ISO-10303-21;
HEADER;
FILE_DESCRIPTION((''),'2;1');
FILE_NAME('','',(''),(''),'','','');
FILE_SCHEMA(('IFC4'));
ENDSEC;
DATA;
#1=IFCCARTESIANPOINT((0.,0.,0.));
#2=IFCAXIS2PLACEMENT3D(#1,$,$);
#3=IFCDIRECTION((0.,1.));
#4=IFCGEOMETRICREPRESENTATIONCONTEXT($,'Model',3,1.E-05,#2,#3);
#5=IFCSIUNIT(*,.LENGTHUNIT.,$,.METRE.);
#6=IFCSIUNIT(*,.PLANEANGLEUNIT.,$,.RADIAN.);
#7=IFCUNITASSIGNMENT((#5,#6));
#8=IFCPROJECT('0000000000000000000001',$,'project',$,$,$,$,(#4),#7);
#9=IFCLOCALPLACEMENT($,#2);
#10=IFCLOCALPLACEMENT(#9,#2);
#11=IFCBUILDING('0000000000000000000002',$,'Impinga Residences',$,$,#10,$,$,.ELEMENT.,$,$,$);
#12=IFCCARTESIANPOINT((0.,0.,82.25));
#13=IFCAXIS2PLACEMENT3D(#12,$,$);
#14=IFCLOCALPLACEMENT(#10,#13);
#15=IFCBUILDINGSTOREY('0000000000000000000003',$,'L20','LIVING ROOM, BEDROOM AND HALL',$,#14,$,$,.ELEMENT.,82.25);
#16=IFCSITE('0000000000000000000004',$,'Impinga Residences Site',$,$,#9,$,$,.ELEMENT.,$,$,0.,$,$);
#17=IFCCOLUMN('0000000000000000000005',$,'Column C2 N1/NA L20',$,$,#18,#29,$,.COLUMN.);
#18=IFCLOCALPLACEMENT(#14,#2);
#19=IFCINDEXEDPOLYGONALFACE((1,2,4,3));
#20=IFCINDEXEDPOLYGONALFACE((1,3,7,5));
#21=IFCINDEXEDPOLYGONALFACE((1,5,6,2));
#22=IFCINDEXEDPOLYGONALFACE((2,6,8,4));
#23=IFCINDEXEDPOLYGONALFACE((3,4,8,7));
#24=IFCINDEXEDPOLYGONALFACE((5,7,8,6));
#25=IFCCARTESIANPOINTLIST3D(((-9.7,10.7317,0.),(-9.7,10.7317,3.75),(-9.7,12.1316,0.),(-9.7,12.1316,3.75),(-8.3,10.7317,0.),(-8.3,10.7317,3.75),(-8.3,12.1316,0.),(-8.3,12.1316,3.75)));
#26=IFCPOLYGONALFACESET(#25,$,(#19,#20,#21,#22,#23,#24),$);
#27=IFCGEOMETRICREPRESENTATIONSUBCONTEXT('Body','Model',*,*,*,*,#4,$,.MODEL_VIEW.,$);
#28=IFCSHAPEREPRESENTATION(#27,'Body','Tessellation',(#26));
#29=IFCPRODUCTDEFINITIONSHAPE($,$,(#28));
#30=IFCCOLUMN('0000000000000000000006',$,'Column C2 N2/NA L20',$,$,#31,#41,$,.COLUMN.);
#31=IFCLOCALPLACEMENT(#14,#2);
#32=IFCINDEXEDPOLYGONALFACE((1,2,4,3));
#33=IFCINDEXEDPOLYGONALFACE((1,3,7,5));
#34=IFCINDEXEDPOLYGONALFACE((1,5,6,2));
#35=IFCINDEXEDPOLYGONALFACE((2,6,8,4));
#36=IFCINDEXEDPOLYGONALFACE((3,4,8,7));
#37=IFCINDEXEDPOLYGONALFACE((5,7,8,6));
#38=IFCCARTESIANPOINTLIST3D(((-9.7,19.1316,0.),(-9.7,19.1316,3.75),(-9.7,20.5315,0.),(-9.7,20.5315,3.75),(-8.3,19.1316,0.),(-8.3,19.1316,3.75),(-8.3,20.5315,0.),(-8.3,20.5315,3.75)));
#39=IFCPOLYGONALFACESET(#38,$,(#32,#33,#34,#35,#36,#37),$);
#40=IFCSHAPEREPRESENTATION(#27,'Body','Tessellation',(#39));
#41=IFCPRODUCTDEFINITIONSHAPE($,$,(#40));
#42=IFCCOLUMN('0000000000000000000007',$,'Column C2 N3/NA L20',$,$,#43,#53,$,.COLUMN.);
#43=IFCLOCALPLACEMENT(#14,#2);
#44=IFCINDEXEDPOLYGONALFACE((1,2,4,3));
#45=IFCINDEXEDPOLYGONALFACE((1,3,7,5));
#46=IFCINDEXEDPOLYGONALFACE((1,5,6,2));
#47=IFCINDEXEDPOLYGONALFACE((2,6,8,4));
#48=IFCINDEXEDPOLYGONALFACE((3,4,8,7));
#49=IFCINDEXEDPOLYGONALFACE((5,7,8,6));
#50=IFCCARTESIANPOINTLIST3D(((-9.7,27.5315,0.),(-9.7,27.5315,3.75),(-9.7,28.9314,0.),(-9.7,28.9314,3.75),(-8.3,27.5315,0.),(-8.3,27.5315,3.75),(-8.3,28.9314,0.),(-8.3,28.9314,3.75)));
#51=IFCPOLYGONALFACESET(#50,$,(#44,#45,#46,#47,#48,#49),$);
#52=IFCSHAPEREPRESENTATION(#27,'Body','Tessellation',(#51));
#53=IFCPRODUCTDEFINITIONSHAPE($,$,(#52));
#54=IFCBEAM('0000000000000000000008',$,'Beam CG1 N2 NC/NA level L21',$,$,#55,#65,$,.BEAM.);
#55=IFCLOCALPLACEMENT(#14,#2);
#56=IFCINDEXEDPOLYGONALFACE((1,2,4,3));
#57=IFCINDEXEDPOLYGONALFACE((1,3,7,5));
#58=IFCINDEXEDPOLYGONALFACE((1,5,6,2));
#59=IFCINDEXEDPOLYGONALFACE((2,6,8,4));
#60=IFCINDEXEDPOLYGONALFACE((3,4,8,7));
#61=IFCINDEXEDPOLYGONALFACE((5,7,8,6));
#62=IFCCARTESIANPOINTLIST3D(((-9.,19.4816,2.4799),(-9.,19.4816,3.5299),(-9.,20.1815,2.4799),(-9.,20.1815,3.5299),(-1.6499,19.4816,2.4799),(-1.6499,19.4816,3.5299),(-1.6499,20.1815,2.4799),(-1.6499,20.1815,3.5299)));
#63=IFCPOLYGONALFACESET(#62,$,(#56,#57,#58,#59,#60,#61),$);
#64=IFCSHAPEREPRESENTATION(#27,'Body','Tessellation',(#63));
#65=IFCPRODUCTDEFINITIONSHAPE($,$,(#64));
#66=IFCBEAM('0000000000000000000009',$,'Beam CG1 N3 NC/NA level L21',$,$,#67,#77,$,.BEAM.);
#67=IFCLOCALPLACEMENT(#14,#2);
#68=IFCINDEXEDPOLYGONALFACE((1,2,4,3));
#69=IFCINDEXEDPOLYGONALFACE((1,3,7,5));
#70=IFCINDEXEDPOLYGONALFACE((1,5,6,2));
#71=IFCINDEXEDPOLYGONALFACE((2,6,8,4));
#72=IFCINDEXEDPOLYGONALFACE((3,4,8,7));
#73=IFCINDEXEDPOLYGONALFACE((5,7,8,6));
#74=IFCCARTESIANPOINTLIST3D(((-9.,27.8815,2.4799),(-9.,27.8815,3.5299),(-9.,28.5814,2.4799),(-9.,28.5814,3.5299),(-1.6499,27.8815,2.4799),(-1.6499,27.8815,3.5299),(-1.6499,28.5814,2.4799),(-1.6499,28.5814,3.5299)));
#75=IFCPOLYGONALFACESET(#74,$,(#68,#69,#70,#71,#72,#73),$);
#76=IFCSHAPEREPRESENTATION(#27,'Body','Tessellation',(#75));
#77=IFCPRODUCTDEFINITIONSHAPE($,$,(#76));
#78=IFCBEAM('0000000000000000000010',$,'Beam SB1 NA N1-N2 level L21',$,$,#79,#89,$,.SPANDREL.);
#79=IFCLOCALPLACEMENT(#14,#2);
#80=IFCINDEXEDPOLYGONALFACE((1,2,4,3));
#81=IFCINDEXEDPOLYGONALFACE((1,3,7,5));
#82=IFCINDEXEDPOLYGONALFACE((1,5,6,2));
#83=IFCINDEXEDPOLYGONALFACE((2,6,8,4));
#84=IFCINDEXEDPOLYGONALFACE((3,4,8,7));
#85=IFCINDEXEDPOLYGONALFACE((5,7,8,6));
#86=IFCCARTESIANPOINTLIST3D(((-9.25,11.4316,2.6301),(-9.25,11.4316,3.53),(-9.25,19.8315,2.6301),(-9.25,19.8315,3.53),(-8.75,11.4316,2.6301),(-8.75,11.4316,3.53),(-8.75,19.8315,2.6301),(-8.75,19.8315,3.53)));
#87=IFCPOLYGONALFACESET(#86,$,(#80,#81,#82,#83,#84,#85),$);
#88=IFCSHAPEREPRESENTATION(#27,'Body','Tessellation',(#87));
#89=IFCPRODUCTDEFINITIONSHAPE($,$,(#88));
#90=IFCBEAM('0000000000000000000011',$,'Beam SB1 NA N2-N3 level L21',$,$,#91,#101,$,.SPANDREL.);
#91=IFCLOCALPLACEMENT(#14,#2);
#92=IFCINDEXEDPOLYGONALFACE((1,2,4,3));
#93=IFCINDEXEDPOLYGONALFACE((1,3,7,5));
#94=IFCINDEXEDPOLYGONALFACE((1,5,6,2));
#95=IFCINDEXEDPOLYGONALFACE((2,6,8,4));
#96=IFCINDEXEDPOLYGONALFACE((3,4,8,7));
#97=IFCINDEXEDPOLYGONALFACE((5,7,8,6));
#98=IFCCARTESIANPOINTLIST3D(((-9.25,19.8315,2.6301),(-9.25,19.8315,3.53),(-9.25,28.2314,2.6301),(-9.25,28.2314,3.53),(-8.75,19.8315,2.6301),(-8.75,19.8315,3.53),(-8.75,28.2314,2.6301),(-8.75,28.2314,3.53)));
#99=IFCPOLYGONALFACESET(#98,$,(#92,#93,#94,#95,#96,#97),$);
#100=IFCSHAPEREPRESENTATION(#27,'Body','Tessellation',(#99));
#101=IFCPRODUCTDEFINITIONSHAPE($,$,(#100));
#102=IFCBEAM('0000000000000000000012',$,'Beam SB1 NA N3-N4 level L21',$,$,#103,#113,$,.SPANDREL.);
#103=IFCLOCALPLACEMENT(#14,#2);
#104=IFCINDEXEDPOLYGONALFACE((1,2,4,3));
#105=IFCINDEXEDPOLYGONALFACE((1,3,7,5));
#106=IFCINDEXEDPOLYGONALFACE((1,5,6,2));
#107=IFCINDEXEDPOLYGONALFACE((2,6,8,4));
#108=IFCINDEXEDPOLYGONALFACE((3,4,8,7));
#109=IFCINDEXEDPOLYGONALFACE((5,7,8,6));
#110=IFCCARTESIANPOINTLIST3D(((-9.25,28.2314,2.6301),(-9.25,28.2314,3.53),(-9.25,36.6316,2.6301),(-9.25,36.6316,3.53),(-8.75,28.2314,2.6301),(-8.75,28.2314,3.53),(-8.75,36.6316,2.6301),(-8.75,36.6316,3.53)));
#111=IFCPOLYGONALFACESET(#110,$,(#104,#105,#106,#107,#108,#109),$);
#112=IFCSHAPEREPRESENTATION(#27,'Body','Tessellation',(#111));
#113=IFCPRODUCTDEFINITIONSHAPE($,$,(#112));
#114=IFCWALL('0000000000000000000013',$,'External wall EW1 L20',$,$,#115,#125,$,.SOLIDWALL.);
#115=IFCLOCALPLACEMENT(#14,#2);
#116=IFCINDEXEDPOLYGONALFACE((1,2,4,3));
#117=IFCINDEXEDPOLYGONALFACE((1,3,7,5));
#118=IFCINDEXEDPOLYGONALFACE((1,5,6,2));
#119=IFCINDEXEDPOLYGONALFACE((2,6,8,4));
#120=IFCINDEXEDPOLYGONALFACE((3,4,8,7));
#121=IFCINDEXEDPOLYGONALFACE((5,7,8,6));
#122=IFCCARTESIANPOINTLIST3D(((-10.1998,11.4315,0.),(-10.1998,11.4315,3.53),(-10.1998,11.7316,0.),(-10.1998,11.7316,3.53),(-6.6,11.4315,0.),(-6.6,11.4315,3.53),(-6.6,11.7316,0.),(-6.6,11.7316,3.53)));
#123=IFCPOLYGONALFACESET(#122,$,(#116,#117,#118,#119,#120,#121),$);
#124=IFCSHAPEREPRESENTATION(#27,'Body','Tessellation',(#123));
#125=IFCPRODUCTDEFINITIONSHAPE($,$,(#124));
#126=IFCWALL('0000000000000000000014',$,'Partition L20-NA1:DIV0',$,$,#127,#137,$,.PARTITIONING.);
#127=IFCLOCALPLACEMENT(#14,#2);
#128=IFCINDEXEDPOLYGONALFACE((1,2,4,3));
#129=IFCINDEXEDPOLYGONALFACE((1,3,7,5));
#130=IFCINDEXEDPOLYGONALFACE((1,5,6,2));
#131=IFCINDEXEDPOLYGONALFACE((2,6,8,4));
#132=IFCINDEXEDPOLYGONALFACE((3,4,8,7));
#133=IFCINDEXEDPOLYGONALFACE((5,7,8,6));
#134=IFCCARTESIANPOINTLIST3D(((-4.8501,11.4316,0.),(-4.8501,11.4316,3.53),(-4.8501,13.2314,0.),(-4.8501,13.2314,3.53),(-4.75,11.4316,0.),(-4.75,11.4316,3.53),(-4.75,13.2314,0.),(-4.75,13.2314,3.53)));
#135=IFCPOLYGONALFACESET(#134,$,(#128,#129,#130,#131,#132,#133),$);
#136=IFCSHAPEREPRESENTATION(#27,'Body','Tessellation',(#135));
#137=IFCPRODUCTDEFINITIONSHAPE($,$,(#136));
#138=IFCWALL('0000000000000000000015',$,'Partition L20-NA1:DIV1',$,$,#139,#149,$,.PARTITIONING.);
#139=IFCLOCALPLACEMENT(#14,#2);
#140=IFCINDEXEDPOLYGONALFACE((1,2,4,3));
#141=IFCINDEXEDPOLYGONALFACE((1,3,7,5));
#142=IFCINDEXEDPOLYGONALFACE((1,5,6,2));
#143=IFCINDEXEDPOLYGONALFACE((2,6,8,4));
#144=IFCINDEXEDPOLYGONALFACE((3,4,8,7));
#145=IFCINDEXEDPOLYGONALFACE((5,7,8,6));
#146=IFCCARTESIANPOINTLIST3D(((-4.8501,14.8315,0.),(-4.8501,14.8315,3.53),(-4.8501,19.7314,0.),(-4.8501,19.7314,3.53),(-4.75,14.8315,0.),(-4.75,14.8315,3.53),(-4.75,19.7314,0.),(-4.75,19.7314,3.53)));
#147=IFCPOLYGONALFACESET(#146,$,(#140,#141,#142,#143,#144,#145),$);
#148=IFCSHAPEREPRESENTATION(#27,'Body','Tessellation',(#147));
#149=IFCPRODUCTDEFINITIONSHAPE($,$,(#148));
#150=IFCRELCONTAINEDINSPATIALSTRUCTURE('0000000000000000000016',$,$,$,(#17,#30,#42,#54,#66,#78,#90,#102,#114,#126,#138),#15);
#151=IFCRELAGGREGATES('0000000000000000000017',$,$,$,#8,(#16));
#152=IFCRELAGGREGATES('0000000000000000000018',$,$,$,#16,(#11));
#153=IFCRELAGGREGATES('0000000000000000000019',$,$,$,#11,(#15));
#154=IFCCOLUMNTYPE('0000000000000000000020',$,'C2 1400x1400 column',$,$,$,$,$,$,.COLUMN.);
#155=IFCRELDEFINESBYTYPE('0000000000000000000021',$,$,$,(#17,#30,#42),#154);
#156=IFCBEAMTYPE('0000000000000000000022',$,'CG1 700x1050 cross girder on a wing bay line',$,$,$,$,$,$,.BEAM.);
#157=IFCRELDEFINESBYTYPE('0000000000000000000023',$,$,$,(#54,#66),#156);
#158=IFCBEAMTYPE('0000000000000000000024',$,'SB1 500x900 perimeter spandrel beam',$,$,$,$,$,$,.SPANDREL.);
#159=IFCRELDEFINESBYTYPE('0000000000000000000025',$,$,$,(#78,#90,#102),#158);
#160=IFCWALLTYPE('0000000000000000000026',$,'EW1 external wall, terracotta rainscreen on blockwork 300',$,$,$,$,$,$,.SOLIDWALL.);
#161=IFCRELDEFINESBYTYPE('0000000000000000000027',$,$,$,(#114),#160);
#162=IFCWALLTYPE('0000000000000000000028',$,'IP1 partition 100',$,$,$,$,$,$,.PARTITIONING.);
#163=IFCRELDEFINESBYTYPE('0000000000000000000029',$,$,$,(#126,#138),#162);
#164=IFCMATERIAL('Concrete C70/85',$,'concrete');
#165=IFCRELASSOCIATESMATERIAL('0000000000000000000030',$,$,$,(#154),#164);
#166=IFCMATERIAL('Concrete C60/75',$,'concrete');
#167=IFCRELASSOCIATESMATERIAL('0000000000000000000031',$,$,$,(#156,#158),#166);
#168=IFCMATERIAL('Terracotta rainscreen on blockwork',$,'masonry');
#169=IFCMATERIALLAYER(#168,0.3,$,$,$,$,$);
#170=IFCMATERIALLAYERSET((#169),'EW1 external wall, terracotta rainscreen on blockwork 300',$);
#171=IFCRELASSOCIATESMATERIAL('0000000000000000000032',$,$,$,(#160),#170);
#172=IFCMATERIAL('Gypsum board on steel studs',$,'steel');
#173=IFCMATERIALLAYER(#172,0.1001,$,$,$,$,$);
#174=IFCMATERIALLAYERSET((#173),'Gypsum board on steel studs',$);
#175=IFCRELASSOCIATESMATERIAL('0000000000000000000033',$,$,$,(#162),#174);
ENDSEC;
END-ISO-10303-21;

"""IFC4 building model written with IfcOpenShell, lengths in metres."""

from ifc_helpers import new_model, si_unit, direction, frame, frame_2d, origin, origin_2d, place, context, subcontext, project, spatial, rectangle, extrude, material, layer, layer_set, material_profile, profile_set, type_object, element, save


model = new_model("IFC4")

# Units and contexts
model_context = context("Model", 3, precision=1e-05, world=origin(), true_north=direction((0.0, 1.0)))
body_context = subcontext(model_context, "Body", "Model", "MODEL_VIEW")
ifc_project = project(units=[si_unit("LENGTHUNIT", "METRE"), si_unit("PLANEANGLEUNIT", "RADIAN")], contexts=[model_context])

# Site, building, storey
site_placement = place(None, origin())
site = spatial("IfcSite", under=ifc_project, at=site_placement, Name="Impinga Residences Site", CompositionType="ELEMENT", RefElevation=0.0)
building_placement = place(site_placement, origin())
building = spatial("IfcBuilding", under=site, at=building_placement, Name="Impinga Residences", CompositionType="ELEMENT")
storey_placement = place(building_placement, frame((0.0, 0.0, 82.25)))
storey = spatial("IfcBuildingStorey", under=building, at=storey_placement, Name="L20", Description="LIVING ROOM, BEDROOM AND HALL", CompositionType="ELEMENT", Elevation=82.25)

# Columns
ifc_material_1 = material(Name="Concrete C70/85", Category="concrete")
ifc_material_profile_1 = material_profile(ifc_material_1, rectangle(XDim=1.3999, YDim=1.3999, at=origin_2d()), Name="RC 1400x1400")
ifc_profile_set_1 = profile_set([ifc_material_profile_1], Name="Concrete C70/85")
column_type = type_object("IfcColumnType", Name="C2 1400x1400 column", PredefinedType="COLUMN", material=ifc_profile_set_1)
for number, where, z_axis, x_axis, name in (
    (1, (-9.0, 11.4316, 0.0), (0.0, 0.0, 1.0), (1.0, 0.0, 0.0), "Column C2 N1/NA L20"),
    (2, (-9.0, 19.8315, 0.0), (0.0, 0.0, 1.0), (1.0, 0.0, 0.0), "Column C2 N2/NA L20"),
    (3, (-9.0, 28.2314, 0.0), (0.0, 0.0, 1.0), (1.0, 0.0, 0.0), "Column C2 N3/NA L20"),
):
    element("IfcColumn", number, at=place(storey_placement, frame(where, z_axis=z_axis, x_axis=x_axis)), inside=storey, type_object=column_type, Name=name, PredefinedType="COLUMN", context=body_context, shape_type="SweptSolid", body=[
        extrude(rectangle(XDim=1.3999, YDim=1.3999, at=origin_2d()), origin(), (0.0, 0.0, 1.0), 3.75),
    ])

# Beams
ifc_material_2 = material(Name="Concrete C60/75", Category="concrete")
ifc_material_profile_2 = material_profile(ifc_material_2, rectangle(XDim=0.7, YDim=1.05, at=origin_2d()), Name="RC 700x1050")
ifc_profile_set_2 = profile_set([ifc_material_profile_2], Name="Concrete C60/75")
beam_type_1 = type_object("IfcBeamType", Name="CG1 700x1050 cross girder on a wing bay line", PredefinedType="BEAM", material=ifc_profile_set_2)
for number, where, z_axis, x_axis, name in (
    (4, (-1.6499, 19.8315, 3.0049), (-1.0, 0.0, 0.0), (0.0, -1.0, 0.0), "Beam CG1 N2 NC/NA level L21"),
    (5, (-1.6499, 28.2314, 3.0049), (-1.0, 0.0, 0.0), (0.0, -1.0, 0.0), "Beam CG1 N3 NC/NA level L21"),
):
    element("IfcBeam", number, at=place(storey_placement, frame(where, z_axis=z_axis, x_axis=x_axis)), inside=storey, type_object=beam_type_1, Name=name, PredefinedType="BEAM", context=body_context, shape_type="SweptSolid", body=[
        extrude(rectangle(XDim=0.7, YDim=1.05, at=origin_2d()), origin(), (0.0, 0.0, 1.0), 7.3501),
    ])
ifc_material_profile_3 = material_profile(ifc_material_2, rectangle(XDim=0.5, YDim=0.8999, at=origin_2d()), Name="RC 500x900")
ifc_profile_set_3 = profile_set([ifc_material_profile_3], Name="Concrete C60/75")
beam_type_2 = type_object("IfcBeamType", Name="SB1 500x900 perimeter spandrel beam", PredefinedType="SPANDREL", material=ifc_profile_set_3)
for number, where, z_axis, x_axis, name in (
    (6, (-9.0, 11.4316, 3.0801), (0.0, 1.0, 0.0), (-1.0, 0.0, 0.0), "Beam SB1 NA N1-N2 level L21"),
    (7, (-9.0, 19.8315, 3.0801), (0.0, 1.0, 0.0), (-1.0, 0.0, 0.0), "Beam SB1 NA N2-N3 level L21"),
):
    element("IfcBeam", number, at=place(storey_placement, frame(where, z_axis=z_axis, x_axis=x_axis)), inside=storey, type_object=beam_type_2, Name=name, PredefinedType="SPANDREL", context=body_context, shape_type="SweptSolid", body=[
        extrude(rectangle(XDim=0.5, YDim=0.8999, at=origin_2d()), origin(), (0.0, 0.0, 1.0), 8.3999),
    ])
beam_placement = place(storey_placement, frame((-9.0, 28.2314, 3.0801), z_axis=(0.0, 1.0, 0.0), x_axis=(-1.0, 0.0, 0.0)))
element("IfcBeam", 8, at=beam_placement, inside=storey, type_object=beam_type_2, Name="Beam SB1 NA N3-N4 level L21", PredefinedType="SPANDREL", context=body_context, shape_type="SweptSolid", body=[
    extrude(rectangle(XDim=0.5, YDim=0.8999, at=origin_2d()), origin(), (0.0, 0.0, 1.0), 8.4001),
])

# Walls
ifc_material_3 = material(Name="Terracotta rainscreen on blockwork", Category="masonry")
ifc_layer_1 = layer(ifc_material_3, 0.3)
ifc_layer_set_1 = layer_set([ifc_layer_1], Name="EW1 external wall, terracotta rainscreen on blockwork 300")
wall_type_1 = type_object("IfcWallType", Name="EW1 external wall, terracotta rainscreen on blockwork 300", PredefinedType="SOLIDWALL", material=ifc_layer_set_1)
wall_1_placement = place(storey_placement, frame((-6.6001, 11.5815, 0.0), z_axis=(0.0, 0.0, 1.0), x_axis=(-1.0, 0.0, 0.0)))
element("IfcWall", 9, at=wall_1_placement, inside=storey, type_object=wall_type_1, Name="External wall EW1 L20", PredefinedType="SOLIDWALL", context=body_context, shape_type="SweptSolid", body=[
    extrude(rectangle(XDim=3.5999, YDim=0.3, at=frame_2d((1.7998, 0.0))), origin(), (0.0, 0.0, 1.0), 3.53),
])
ifc_material_4 = material(Name="Gypsum board on steel studs", Category="steel")
ifc_layer_2 = layer(ifc_material_4, 0.1001)
ifc_layer_set_2 = layer_set([ifc_layer_2], Name="Gypsum board on steel studs")
wall_type_2 = type_object("IfcWallType", Name="IP1 partition 100", PredefinedType="PARTITIONING", material=ifc_layer_set_2)
wall_2_placement = place(storey_placement, frame((-4.8, 11.4316, 0.0), z_axis=(0.0, 0.0, 1.0), x_axis=(0.0, 1.0, 0.0)))
element("IfcWall", 10, at=wall_2_placement, inside=storey, type_object=wall_type_2, Name="Partition L20-NA1:DIV0", PredefinedType="PARTITIONING", context=body_context, shape_type="SweptSolid", body=[
    extrude(rectangle(XDim=1.7998, YDim=0.1001, at=frame_2d((0.8999, 0.0))), origin(), (0.0, 0.0, 1.0), 3.53),
])
wall_3_placement = place(storey_placement, frame((-4.8, 14.8315, 0.0), z_axis=(0.0, 0.0, 1.0), x_axis=(0.0, 1.0, 0.0)))
element("IfcWall", 11, at=wall_3_placement, inside=storey, type_object=wall_type_2, Name="Partition L20-NA1:DIV1", PredefinedType="PARTITIONING", context=body_context, shape_type="SweptSolid", body=[
    extrude(rectangle(XDim=4.8999, YDim=0.1001, at=frame_2d((2.45, 0.0))), origin(), (0.0, 0.0, 1.0), 3.53),
])

save(model, "model.ifc")
